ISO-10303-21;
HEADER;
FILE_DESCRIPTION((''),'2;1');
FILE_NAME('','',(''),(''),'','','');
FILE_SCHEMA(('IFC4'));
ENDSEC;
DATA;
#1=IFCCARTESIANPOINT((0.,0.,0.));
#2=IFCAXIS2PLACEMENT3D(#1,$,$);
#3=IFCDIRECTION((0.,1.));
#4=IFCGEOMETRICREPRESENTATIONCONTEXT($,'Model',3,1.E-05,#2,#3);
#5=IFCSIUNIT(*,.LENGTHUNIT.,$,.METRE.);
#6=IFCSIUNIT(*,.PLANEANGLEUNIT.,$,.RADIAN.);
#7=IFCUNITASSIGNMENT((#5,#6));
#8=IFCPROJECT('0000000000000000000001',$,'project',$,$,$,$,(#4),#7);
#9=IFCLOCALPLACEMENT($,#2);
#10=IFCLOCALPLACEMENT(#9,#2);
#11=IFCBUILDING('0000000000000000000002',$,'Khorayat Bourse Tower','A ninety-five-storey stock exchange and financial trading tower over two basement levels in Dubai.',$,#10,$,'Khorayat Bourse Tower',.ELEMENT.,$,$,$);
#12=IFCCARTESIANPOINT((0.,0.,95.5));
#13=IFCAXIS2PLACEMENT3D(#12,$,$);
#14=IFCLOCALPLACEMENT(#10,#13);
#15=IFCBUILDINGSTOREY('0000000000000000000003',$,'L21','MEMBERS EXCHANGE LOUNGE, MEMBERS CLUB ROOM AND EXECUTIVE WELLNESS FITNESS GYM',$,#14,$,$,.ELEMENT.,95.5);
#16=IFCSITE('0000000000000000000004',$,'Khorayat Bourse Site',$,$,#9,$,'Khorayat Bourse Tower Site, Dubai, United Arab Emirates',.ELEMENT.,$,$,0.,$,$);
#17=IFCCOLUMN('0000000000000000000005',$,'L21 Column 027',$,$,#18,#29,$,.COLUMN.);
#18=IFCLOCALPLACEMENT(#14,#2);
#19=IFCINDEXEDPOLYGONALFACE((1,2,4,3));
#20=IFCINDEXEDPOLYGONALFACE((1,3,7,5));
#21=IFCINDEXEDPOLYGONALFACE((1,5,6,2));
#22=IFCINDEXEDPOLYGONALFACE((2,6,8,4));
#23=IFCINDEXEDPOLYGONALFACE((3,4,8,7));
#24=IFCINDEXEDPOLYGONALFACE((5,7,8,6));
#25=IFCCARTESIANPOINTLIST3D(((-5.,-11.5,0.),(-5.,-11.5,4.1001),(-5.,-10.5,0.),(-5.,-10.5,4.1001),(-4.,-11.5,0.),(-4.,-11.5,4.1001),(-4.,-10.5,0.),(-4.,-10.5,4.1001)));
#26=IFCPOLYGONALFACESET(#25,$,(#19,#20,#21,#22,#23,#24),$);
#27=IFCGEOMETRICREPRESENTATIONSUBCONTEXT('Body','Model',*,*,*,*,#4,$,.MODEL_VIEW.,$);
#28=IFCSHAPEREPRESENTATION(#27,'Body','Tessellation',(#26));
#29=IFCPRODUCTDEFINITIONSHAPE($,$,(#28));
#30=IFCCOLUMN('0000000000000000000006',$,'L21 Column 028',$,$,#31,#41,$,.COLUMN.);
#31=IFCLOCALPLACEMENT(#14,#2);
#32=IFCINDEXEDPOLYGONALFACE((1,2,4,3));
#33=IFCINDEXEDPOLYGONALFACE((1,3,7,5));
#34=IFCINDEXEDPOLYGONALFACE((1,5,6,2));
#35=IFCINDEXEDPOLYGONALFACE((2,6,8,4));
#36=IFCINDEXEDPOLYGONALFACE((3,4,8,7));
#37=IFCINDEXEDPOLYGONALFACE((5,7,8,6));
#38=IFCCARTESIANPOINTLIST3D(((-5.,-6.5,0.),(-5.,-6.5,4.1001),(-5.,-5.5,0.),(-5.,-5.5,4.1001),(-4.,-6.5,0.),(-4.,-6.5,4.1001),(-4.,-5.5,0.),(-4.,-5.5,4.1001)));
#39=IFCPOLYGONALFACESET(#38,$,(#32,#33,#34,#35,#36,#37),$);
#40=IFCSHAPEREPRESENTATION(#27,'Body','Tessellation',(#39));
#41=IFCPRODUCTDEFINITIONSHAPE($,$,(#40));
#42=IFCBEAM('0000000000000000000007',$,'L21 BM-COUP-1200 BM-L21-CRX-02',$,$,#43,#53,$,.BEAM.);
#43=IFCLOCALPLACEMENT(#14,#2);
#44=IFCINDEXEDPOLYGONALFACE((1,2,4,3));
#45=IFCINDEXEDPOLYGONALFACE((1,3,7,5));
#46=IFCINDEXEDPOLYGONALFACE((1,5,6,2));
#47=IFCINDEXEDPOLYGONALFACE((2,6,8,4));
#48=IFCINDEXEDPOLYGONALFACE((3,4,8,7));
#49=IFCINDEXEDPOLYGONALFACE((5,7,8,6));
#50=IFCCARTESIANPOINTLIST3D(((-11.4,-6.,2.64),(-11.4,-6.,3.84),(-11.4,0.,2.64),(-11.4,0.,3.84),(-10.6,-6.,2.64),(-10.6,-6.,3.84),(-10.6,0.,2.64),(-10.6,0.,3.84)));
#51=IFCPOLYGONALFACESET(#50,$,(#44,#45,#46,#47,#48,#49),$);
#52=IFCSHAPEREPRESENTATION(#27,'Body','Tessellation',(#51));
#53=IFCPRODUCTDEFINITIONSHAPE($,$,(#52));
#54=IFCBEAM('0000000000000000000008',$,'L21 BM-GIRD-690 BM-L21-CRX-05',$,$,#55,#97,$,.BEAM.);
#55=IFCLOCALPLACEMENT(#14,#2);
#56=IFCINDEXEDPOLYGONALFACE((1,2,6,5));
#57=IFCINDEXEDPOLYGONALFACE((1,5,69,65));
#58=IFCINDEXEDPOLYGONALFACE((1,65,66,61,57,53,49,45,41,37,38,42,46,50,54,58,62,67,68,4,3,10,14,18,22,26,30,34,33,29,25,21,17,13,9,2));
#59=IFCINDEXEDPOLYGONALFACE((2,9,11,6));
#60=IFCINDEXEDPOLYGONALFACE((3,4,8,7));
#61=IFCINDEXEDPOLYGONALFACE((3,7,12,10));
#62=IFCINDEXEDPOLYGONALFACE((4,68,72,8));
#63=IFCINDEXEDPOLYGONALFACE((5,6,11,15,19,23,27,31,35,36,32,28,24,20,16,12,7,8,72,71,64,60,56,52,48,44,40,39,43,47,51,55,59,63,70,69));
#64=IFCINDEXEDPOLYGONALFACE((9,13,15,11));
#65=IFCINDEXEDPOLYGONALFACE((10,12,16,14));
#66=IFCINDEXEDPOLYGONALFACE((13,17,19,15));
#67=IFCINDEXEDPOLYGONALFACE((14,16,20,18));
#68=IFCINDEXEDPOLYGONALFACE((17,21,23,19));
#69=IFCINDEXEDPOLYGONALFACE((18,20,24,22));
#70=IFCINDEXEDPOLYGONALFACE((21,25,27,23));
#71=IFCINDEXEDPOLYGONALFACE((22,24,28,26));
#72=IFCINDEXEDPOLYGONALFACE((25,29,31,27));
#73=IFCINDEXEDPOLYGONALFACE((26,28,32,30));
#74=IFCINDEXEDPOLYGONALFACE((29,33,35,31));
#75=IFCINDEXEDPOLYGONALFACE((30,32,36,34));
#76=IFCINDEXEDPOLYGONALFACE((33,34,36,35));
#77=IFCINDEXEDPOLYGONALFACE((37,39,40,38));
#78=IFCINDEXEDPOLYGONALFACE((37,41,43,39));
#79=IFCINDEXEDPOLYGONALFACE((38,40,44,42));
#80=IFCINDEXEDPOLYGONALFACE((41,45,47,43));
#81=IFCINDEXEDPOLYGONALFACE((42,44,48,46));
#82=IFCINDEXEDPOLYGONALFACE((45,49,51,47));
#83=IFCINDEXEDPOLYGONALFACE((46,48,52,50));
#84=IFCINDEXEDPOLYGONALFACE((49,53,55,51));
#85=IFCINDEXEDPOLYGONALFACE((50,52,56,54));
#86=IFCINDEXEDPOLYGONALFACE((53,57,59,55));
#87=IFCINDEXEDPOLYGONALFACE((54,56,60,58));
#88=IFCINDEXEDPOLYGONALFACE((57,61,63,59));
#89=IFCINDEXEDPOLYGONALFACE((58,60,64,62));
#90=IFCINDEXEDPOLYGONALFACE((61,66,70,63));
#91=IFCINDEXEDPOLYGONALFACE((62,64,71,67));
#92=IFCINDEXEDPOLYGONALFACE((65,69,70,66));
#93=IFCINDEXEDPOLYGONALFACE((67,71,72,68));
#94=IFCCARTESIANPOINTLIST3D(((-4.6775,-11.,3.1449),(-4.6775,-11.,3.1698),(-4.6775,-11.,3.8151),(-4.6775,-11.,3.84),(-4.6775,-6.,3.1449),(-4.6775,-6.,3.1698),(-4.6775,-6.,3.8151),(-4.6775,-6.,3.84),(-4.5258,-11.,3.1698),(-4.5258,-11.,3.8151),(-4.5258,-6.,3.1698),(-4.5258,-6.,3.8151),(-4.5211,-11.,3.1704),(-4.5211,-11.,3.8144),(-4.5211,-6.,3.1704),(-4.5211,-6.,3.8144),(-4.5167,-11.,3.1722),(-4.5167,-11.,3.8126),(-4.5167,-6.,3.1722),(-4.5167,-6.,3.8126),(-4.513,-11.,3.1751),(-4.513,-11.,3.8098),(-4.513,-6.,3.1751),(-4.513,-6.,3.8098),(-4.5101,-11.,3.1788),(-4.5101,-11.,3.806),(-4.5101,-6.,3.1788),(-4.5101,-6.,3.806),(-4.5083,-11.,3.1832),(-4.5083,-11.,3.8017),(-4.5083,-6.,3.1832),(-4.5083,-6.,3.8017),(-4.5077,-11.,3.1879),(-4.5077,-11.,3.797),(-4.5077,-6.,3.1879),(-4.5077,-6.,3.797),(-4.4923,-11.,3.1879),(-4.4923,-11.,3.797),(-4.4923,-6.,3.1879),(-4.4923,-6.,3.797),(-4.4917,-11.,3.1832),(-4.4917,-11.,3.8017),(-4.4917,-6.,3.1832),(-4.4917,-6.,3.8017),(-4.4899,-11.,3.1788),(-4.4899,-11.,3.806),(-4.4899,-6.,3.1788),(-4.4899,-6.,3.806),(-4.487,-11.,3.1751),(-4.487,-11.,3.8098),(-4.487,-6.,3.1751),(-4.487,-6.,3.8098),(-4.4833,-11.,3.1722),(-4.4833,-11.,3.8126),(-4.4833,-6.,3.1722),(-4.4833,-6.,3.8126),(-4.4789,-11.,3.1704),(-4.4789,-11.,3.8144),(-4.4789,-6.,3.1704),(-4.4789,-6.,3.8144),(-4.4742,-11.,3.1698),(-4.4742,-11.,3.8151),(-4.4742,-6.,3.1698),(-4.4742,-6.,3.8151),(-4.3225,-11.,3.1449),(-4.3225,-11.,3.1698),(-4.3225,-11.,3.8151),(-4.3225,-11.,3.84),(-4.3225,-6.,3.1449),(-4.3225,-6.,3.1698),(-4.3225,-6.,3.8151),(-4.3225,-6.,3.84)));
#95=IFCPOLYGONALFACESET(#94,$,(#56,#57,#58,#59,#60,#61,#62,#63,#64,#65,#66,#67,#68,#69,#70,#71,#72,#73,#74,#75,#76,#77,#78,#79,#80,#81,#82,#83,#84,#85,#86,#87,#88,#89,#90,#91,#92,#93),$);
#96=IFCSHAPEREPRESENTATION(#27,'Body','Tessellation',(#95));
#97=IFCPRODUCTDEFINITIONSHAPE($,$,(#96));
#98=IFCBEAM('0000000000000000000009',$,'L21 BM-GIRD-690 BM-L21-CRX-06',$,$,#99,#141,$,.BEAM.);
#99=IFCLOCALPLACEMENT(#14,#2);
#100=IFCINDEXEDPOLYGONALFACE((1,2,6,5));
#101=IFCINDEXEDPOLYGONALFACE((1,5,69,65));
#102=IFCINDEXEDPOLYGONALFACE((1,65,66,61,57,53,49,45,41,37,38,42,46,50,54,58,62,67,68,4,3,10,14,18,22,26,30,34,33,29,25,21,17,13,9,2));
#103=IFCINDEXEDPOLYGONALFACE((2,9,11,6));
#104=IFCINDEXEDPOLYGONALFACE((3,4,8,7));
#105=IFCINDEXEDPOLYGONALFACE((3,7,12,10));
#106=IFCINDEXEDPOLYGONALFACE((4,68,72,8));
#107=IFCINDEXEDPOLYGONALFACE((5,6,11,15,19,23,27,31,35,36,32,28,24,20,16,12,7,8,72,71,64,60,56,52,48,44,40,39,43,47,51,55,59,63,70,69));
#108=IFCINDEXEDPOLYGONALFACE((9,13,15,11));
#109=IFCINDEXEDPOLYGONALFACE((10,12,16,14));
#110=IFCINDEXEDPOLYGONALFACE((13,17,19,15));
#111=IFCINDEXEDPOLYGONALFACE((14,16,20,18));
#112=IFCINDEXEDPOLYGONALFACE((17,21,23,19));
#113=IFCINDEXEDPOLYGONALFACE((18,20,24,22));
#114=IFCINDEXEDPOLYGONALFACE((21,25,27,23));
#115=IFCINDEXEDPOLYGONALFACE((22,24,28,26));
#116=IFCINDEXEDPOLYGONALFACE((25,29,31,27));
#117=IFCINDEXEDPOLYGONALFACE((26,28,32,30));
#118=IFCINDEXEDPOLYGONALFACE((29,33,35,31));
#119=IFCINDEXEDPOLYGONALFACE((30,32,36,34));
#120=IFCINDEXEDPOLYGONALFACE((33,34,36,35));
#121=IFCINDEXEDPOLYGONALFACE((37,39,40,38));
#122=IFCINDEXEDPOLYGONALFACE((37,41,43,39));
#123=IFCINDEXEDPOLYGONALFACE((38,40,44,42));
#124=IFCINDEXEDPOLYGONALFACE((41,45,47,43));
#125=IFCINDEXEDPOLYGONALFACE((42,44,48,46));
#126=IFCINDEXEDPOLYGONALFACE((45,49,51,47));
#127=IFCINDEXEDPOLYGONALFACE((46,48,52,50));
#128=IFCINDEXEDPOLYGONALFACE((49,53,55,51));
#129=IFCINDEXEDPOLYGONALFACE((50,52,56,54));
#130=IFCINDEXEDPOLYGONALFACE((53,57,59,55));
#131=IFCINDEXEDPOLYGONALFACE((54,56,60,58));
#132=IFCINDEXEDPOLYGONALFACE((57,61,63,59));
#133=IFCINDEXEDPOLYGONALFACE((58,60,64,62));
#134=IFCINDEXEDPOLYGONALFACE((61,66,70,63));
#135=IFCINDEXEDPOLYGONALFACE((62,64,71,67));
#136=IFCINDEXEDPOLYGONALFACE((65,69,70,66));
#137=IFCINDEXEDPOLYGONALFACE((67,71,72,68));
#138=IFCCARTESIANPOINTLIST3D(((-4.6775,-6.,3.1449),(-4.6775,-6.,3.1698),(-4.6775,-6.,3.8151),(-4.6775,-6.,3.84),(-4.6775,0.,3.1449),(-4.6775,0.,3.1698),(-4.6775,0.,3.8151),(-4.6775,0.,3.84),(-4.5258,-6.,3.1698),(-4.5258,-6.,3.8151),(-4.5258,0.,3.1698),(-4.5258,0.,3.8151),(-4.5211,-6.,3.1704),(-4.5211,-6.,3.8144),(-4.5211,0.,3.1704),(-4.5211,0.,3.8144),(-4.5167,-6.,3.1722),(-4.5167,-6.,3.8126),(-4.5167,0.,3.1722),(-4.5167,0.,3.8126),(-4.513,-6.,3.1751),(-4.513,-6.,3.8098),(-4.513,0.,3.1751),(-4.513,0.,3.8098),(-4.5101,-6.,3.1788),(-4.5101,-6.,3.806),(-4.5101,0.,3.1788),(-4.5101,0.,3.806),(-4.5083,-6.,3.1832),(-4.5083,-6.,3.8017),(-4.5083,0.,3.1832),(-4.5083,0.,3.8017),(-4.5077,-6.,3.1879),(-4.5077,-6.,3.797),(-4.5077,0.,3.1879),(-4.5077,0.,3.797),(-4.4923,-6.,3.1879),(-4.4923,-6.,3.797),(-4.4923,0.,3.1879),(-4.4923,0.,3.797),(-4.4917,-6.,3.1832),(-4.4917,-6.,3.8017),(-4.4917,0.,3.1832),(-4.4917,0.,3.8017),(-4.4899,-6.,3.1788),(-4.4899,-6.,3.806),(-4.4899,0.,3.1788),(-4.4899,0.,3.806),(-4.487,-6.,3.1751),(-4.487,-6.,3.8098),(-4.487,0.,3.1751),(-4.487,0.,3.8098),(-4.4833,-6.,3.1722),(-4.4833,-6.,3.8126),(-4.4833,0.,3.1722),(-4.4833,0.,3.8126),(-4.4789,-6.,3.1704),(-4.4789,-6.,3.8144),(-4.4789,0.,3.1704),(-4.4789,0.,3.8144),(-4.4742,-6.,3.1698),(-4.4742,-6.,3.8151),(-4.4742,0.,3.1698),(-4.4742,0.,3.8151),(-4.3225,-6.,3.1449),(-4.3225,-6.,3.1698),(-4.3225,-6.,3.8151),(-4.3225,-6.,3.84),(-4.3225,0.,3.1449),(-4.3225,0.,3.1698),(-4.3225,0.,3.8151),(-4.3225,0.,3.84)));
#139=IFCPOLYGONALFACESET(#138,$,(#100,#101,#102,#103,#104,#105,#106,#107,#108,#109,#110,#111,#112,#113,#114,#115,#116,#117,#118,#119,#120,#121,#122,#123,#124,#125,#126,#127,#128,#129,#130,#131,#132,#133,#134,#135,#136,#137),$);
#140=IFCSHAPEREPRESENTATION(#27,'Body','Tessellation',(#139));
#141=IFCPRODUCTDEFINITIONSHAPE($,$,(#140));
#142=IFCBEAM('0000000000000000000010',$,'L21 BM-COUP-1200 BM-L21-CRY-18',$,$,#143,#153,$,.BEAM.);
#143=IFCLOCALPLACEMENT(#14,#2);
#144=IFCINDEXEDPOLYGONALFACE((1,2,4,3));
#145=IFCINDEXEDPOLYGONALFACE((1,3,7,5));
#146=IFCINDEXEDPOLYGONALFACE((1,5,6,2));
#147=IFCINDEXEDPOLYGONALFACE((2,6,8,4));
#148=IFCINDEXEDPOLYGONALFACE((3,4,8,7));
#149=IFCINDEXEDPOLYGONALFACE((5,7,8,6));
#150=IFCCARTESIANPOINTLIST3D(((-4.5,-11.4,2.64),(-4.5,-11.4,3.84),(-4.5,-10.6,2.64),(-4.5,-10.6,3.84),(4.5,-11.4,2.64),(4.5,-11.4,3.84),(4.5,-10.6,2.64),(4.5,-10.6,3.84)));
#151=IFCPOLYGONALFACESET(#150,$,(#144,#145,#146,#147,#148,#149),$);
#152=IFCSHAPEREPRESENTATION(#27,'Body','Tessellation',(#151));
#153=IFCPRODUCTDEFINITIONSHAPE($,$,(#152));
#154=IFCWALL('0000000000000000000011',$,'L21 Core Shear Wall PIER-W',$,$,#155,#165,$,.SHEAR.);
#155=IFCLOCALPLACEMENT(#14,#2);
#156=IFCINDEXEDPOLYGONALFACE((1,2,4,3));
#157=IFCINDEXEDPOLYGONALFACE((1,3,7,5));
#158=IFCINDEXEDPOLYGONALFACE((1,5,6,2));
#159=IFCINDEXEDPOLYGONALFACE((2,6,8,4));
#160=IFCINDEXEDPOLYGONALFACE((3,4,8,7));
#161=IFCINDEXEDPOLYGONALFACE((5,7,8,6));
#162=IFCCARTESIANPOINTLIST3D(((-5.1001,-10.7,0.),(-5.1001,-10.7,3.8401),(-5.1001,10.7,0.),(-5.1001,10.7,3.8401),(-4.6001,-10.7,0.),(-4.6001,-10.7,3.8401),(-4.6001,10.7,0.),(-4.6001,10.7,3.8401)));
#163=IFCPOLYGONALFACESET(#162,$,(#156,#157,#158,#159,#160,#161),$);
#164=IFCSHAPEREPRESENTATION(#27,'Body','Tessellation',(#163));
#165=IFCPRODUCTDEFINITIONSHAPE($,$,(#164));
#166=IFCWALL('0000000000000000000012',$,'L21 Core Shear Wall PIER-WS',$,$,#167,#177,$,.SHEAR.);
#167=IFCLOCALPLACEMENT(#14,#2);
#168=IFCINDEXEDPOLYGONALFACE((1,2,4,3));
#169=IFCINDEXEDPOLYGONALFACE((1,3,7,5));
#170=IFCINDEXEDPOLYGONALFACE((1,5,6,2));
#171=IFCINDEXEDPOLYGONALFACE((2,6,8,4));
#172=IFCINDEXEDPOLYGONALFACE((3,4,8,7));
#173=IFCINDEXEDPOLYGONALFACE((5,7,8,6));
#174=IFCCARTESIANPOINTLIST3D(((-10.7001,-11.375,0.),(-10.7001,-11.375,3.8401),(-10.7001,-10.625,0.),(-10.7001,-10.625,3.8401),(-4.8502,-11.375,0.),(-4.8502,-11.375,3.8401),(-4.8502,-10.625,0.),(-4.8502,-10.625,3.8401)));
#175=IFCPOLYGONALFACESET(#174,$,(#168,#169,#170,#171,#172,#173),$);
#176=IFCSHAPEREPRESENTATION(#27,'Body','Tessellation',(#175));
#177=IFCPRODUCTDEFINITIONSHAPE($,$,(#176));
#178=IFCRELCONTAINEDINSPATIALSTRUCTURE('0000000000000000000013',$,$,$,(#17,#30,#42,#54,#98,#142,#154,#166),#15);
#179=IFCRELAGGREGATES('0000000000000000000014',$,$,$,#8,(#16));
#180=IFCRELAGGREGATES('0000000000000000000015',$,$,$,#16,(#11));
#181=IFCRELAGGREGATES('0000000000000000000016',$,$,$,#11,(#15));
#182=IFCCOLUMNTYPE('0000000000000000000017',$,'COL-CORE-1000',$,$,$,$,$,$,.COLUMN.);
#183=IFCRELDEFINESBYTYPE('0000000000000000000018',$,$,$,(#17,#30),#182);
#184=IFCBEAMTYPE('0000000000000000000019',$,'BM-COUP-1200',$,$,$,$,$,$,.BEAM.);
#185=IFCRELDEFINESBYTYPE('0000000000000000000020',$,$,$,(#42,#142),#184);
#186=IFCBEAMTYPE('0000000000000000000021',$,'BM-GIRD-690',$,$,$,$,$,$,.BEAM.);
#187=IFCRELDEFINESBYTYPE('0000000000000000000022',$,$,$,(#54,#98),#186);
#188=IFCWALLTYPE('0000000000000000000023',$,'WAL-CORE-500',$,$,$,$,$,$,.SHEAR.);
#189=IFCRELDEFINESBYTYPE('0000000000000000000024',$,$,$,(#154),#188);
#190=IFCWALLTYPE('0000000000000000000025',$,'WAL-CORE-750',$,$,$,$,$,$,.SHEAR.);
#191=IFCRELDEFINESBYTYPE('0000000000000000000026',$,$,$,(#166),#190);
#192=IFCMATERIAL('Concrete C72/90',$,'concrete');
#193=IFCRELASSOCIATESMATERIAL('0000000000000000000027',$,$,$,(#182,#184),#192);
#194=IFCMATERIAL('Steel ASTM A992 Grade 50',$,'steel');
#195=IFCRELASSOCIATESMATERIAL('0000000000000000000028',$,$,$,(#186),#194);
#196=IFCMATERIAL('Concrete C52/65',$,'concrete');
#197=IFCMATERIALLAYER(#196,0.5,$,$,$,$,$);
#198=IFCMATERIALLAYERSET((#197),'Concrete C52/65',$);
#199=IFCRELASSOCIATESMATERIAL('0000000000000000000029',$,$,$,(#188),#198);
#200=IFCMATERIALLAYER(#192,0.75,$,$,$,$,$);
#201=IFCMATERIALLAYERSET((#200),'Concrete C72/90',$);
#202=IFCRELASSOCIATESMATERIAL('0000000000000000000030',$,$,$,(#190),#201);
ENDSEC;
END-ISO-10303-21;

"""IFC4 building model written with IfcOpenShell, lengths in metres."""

from ifc_helpers import new_model, si_unit, direction, frame, frame_2d, origin, origin_2d, place, context, subcontext, project, spatial, rectangle, i_section, extrude, source, transform, mapped, material, layer, layer_set, material_profile, profile_set, type_object, element, save


model = new_model("IFC4")

# Units and contexts
model_context = context("Model", 3, precision=1e-05, world=origin(), true_north=direction((0.0, 1.0)))
body_context = subcontext(model_context, "Body", "Model", "MODEL_VIEW")
ifc_project = project(units=[si_unit("LENGTHUNIT", "METRE"), si_unit("PLANEANGLEUNIT", "RADIAN")], contexts=[model_context])

# Site, building, storey
site_placement = place(None, origin())
site = spatial("IfcSite", under=ifc_project, at=site_placement, Name="Khorayat Bourse Site", LongName="Khorayat Bourse Tower Site, Dubai, United Arab Emirates", CompositionType="ELEMENT", RefElevation=0.0)
building_placement = place(site_placement, origin())
building = spatial("IfcBuilding", under=site, at=building_placement, Name="Khorayat Bourse Tower", Description="A ninety-five-storey stock exchange and financial trading tower over two basement levels in Dubai.", LongName="Khorayat Bourse Tower", CompositionType="ELEMENT")
storey_placement = place(building_placement, frame((0.0, 0.0, 95.5)))
storey = spatial("IfcBuildingStorey", under=building, at=storey_placement, Name="L21", Description="MEMBERS EXCHANGE LOUNGE, MEMBERS CLUB ROOM AND EXECUTIVE WELLNESS FITNESS GYM", CompositionType="ELEMENT", Elevation=95.5)

# Columns
ifc_material_1 = material(Name="Concrete C72/90", Category="concrete")
ifc_material_profile_1 = material_profile(ifc_material_1, rectangle(XDim=1.0, YDim=1.0, at=origin_2d()), Name="RC 1000x1000")
ifc_profile_set_1 = profile_set([ifc_material_profile_1], Name="Concrete C72/90")
column_type = type_object("IfcColumnType", Name="COL-CORE-1000", PredefinedType="COLUMN", material=ifc_profile_set_1)
shared_shape_1 = source(origin(), body_context, "Body", "SweptSolid", [
    extrude(rectangle(XDim=1.0, YDim=1.0, at=origin_2d()), origin(), (0.0, 0.0, 1.0), 4.1001),
])
for number, where, z_axis, x_axis, name in (
    (1, (-4.5, -11.0, 0.0), (0.0, 0.0, 1.0), (1.0, 0.0, 0.0), "L21 Column 027"),
    (2, (-4.5, -6.0, 0.0), (0.0, 0.0, 1.0), (1.0, 0.0, 0.0), "L21 Column 028"),
):
    element("IfcColumn", number, at=place(storey_placement, frame(where, z_axis=z_axis, x_axis=x_axis)), inside=storey, type_object=column_type, Name=name, PredefinedType="COLUMN", context=body_context, shape_type="MappedRepresentation", body=[
        mapped(shared_shape_1, transform((0.0, 0.0, 0.0), scale=1.0)),
    ])

# Beams
ifc_material_profile_2 = material_profile(ifc_material_1, rectangle(XDim=0.8, YDim=1.2, at=origin_2d()), Name="RC 800x1200")
ifc_profile_set_2 = profile_set([ifc_material_profile_2], Name="Concrete C72/90")
beam_type_1 = type_object("IfcBeamType", Name="BM-COUP-1200", PredefinedType="BEAM", material=ifc_profile_set_2)
shared_shape_2 = source(origin(), body_context, "Body", "SweptSolid", [
    extrude(rectangle(XDim=0.8, YDim=1.2, at=origin_2d()), origin(), (0.0, 0.0, 1.0), 6.0),
])
beam_1_placement = place(storey_placement, frame((-11.0, -6.0, 3.24), z_axis=(0.0, 1.0, 0.0), x_axis=(-1.0, 0.0, 0.0)))
element("IfcBeam", 3, at=beam_1_placement, inside=storey, type_object=beam_type_1, Name="L21 BM-COUP-1200 BM-L21-CRX-02", PredefinedType="BEAM", context=body_context, shape_type="MappedRepresentation", body=[
    mapped(shared_shape_2, transform((0.0, 0.0, 0.0), scale=1.0)),
])
ifc_material_2 = material(Name="Steel ASTM A992 Grade 50", Category="steel")
ifc_material_profile_3 = material_profile(ifc_material_2, i_section(OverallWidth=0.355, OverallDepth=0.6951, WebThickness=0.0154, FlangeThickness=0.0249, FilletRadius=0.0181, at=origin_2d()), Name="W690X217")
ifc_profile_set_3 = profile_set([ifc_material_profile_3], Name="Steel ASTM A992 Grade 50")
beam_type_2 = type_object("IfcBeamType", Name="BM-GIRD-690", PredefinedType="BEAM", material=ifc_profile_set_3)
shared_shape_3 = source(origin(), body_context, "Body", "SweptSolid", [
    extrude(i_section(OverallWidth=0.355, OverallDepth=0.6951, WebThickness=0.0154, FlangeThickness=0.0249, FilletRadius=0.0181, at=origin_2d()), origin(), (0.0, 0.0, 1.0), 5.0),
])
beam_2_placement = place(storey_placement, frame((-4.5, -11.0, 3.4924), z_axis=(0.0, 1.0, 0.0), x_axis=(-1.0, 0.0, 0.0)))
element("IfcBeam", 4, at=beam_2_placement, inside=storey, type_object=beam_type_2, Name="L21 BM-GIRD-690 BM-L21-CRX-05", PredefinedType="BEAM", context=body_context, shape_type="MappedRepresentation", body=[
    mapped(shared_shape_3, transform((0.0, 0.0, 0.0), scale=1.0)),
])
shared_shape_4 = source(origin(), body_context, "Body", "SweptSolid", [
    extrude(i_section(OverallWidth=0.355, OverallDepth=0.6951, WebThickness=0.0154, FlangeThickness=0.0249, FilletRadius=0.0181, at=origin_2d()), origin(), (0.0, 0.0, 1.0), 6.0),
])
beam_3_placement = place(storey_placement, frame((-4.5, -6.0, 3.4924), z_axis=(0.0, 1.0, 0.0), x_axis=(-1.0, 0.0, 0.0)))
element("IfcBeam", 5, at=beam_3_placement, inside=storey, type_object=beam_type_2, Name="L21 BM-GIRD-690 BM-L21-CRX-06", PredefinedType="BEAM", context=body_context, shape_type="MappedRepresentation", body=[
    mapped(shared_shape_4, transform((0.0, 0.0, 0.0), scale=1.0)),
])
shared_shape_5 = source(origin(), body_context, "Body", "SweptSolid", [
    extrude(rectangle(XDim=0.8, YDim=1.2, at=origin_2d()), origin(), (0.0, 0.0, 1.0), 9.0),
])
beam_4_placement = place(storey_placement, frame((-4.5, -11.0, 3.24), z_axis=(1.0, 0.0, 0.0), x_axis=(0.0, 1.0, 0.0)))
element("IfcBeam", 6, at=beam_4_placement, inside=storey, type_object=beam_type_1, Name="L21 BM-COUP-1200 BM-L21-CRY-18", PredefinedType="BEAM", context=body_context, shape_type="MappedRepresentation", body=[
    mapped(shared_shape_5, transform((0.0, 0.0, 0.0), scale=1.0)),
])

# Walls
ifc_material_3 = material(Name="Concrete C52/65", Category="concrete")
ifc_layer_1 = layer(ifc_material_3, 0.5)
ifc_layer_set_1 = layer_set([ifc_layer_1], Name="Concrete C52/65")
wall_type_1 = type_object("IfcWallType", Name="WAL-CORE-500", PredefinedType="SHEAR", material=ifc_layer_set_1)
shared_shape_6 = source(origin(), body_context, "Body", "SweptSolid", [
    extrude(rectangle(XDim=21.3999, YDim=0.5, at=frame_2d((10.7, 0.0))), origin(), (0.0, 0.0, 1.0), 3.8401),
])
wall_1_placement = place(storey_placement, frame((-4.8501, -10.7, 0.0), z_axis=(0.0, 0.0, 1.0), x_axis=(0.0, 1.0, 0.0)))
element("IfcWall", 7, at=wall_1_placement, inside=storey, type_object=wall_type_1, Name="L21 Core Shear Wall PIER-W", PredefinedType="SHEAR", context=body_context, shape_type="MappedRepresentation", body=[
    mapped(shared_shape_6, transform((0.0, 0.0, 0.0), scale=1.0)),
])
ifc_layer_2 = layer(ifc_material_1, 0.75)
ifc_layer_set_2 = layer_set([ifc_layer_2], Name="Concrete C72/90")
wall_type_2 = type_object("IfcWallType", Name="WAL-CORE-750", PredefinedType="SHEAR", material=ifc_layer_set_2)
shared_shape_7 = source(origin(), body_context, "Body", "SweptSolid", [
    extrude(rectangle(XDim=5.8499, YDim=0.75, at=frame_2d((2.9248, 0.0))), origin(), (0.0, 0.0, 1.0), 3.8401),
])
wall_2_placement = place(storey_placement, frame((-10.7, -11.0, 0.0), z_axis=(0.0, 0.0, 1.0), x_axis=(1.0, 0.0, 0.0)))
element("IfcWall", 8, at=wall_2_placement, inside=storey, type_object=wall_type_2, Name="L21 Core Shear Wall PIER-WS", PredefinedType="SHEAR", context=body_context, shape_type="MappedRepresentation", body=[
    mapped(shared_shape_7, transform((0.0, 0.0, 0.0), scale=1.0)),
])

save(model, "model.ifc")
